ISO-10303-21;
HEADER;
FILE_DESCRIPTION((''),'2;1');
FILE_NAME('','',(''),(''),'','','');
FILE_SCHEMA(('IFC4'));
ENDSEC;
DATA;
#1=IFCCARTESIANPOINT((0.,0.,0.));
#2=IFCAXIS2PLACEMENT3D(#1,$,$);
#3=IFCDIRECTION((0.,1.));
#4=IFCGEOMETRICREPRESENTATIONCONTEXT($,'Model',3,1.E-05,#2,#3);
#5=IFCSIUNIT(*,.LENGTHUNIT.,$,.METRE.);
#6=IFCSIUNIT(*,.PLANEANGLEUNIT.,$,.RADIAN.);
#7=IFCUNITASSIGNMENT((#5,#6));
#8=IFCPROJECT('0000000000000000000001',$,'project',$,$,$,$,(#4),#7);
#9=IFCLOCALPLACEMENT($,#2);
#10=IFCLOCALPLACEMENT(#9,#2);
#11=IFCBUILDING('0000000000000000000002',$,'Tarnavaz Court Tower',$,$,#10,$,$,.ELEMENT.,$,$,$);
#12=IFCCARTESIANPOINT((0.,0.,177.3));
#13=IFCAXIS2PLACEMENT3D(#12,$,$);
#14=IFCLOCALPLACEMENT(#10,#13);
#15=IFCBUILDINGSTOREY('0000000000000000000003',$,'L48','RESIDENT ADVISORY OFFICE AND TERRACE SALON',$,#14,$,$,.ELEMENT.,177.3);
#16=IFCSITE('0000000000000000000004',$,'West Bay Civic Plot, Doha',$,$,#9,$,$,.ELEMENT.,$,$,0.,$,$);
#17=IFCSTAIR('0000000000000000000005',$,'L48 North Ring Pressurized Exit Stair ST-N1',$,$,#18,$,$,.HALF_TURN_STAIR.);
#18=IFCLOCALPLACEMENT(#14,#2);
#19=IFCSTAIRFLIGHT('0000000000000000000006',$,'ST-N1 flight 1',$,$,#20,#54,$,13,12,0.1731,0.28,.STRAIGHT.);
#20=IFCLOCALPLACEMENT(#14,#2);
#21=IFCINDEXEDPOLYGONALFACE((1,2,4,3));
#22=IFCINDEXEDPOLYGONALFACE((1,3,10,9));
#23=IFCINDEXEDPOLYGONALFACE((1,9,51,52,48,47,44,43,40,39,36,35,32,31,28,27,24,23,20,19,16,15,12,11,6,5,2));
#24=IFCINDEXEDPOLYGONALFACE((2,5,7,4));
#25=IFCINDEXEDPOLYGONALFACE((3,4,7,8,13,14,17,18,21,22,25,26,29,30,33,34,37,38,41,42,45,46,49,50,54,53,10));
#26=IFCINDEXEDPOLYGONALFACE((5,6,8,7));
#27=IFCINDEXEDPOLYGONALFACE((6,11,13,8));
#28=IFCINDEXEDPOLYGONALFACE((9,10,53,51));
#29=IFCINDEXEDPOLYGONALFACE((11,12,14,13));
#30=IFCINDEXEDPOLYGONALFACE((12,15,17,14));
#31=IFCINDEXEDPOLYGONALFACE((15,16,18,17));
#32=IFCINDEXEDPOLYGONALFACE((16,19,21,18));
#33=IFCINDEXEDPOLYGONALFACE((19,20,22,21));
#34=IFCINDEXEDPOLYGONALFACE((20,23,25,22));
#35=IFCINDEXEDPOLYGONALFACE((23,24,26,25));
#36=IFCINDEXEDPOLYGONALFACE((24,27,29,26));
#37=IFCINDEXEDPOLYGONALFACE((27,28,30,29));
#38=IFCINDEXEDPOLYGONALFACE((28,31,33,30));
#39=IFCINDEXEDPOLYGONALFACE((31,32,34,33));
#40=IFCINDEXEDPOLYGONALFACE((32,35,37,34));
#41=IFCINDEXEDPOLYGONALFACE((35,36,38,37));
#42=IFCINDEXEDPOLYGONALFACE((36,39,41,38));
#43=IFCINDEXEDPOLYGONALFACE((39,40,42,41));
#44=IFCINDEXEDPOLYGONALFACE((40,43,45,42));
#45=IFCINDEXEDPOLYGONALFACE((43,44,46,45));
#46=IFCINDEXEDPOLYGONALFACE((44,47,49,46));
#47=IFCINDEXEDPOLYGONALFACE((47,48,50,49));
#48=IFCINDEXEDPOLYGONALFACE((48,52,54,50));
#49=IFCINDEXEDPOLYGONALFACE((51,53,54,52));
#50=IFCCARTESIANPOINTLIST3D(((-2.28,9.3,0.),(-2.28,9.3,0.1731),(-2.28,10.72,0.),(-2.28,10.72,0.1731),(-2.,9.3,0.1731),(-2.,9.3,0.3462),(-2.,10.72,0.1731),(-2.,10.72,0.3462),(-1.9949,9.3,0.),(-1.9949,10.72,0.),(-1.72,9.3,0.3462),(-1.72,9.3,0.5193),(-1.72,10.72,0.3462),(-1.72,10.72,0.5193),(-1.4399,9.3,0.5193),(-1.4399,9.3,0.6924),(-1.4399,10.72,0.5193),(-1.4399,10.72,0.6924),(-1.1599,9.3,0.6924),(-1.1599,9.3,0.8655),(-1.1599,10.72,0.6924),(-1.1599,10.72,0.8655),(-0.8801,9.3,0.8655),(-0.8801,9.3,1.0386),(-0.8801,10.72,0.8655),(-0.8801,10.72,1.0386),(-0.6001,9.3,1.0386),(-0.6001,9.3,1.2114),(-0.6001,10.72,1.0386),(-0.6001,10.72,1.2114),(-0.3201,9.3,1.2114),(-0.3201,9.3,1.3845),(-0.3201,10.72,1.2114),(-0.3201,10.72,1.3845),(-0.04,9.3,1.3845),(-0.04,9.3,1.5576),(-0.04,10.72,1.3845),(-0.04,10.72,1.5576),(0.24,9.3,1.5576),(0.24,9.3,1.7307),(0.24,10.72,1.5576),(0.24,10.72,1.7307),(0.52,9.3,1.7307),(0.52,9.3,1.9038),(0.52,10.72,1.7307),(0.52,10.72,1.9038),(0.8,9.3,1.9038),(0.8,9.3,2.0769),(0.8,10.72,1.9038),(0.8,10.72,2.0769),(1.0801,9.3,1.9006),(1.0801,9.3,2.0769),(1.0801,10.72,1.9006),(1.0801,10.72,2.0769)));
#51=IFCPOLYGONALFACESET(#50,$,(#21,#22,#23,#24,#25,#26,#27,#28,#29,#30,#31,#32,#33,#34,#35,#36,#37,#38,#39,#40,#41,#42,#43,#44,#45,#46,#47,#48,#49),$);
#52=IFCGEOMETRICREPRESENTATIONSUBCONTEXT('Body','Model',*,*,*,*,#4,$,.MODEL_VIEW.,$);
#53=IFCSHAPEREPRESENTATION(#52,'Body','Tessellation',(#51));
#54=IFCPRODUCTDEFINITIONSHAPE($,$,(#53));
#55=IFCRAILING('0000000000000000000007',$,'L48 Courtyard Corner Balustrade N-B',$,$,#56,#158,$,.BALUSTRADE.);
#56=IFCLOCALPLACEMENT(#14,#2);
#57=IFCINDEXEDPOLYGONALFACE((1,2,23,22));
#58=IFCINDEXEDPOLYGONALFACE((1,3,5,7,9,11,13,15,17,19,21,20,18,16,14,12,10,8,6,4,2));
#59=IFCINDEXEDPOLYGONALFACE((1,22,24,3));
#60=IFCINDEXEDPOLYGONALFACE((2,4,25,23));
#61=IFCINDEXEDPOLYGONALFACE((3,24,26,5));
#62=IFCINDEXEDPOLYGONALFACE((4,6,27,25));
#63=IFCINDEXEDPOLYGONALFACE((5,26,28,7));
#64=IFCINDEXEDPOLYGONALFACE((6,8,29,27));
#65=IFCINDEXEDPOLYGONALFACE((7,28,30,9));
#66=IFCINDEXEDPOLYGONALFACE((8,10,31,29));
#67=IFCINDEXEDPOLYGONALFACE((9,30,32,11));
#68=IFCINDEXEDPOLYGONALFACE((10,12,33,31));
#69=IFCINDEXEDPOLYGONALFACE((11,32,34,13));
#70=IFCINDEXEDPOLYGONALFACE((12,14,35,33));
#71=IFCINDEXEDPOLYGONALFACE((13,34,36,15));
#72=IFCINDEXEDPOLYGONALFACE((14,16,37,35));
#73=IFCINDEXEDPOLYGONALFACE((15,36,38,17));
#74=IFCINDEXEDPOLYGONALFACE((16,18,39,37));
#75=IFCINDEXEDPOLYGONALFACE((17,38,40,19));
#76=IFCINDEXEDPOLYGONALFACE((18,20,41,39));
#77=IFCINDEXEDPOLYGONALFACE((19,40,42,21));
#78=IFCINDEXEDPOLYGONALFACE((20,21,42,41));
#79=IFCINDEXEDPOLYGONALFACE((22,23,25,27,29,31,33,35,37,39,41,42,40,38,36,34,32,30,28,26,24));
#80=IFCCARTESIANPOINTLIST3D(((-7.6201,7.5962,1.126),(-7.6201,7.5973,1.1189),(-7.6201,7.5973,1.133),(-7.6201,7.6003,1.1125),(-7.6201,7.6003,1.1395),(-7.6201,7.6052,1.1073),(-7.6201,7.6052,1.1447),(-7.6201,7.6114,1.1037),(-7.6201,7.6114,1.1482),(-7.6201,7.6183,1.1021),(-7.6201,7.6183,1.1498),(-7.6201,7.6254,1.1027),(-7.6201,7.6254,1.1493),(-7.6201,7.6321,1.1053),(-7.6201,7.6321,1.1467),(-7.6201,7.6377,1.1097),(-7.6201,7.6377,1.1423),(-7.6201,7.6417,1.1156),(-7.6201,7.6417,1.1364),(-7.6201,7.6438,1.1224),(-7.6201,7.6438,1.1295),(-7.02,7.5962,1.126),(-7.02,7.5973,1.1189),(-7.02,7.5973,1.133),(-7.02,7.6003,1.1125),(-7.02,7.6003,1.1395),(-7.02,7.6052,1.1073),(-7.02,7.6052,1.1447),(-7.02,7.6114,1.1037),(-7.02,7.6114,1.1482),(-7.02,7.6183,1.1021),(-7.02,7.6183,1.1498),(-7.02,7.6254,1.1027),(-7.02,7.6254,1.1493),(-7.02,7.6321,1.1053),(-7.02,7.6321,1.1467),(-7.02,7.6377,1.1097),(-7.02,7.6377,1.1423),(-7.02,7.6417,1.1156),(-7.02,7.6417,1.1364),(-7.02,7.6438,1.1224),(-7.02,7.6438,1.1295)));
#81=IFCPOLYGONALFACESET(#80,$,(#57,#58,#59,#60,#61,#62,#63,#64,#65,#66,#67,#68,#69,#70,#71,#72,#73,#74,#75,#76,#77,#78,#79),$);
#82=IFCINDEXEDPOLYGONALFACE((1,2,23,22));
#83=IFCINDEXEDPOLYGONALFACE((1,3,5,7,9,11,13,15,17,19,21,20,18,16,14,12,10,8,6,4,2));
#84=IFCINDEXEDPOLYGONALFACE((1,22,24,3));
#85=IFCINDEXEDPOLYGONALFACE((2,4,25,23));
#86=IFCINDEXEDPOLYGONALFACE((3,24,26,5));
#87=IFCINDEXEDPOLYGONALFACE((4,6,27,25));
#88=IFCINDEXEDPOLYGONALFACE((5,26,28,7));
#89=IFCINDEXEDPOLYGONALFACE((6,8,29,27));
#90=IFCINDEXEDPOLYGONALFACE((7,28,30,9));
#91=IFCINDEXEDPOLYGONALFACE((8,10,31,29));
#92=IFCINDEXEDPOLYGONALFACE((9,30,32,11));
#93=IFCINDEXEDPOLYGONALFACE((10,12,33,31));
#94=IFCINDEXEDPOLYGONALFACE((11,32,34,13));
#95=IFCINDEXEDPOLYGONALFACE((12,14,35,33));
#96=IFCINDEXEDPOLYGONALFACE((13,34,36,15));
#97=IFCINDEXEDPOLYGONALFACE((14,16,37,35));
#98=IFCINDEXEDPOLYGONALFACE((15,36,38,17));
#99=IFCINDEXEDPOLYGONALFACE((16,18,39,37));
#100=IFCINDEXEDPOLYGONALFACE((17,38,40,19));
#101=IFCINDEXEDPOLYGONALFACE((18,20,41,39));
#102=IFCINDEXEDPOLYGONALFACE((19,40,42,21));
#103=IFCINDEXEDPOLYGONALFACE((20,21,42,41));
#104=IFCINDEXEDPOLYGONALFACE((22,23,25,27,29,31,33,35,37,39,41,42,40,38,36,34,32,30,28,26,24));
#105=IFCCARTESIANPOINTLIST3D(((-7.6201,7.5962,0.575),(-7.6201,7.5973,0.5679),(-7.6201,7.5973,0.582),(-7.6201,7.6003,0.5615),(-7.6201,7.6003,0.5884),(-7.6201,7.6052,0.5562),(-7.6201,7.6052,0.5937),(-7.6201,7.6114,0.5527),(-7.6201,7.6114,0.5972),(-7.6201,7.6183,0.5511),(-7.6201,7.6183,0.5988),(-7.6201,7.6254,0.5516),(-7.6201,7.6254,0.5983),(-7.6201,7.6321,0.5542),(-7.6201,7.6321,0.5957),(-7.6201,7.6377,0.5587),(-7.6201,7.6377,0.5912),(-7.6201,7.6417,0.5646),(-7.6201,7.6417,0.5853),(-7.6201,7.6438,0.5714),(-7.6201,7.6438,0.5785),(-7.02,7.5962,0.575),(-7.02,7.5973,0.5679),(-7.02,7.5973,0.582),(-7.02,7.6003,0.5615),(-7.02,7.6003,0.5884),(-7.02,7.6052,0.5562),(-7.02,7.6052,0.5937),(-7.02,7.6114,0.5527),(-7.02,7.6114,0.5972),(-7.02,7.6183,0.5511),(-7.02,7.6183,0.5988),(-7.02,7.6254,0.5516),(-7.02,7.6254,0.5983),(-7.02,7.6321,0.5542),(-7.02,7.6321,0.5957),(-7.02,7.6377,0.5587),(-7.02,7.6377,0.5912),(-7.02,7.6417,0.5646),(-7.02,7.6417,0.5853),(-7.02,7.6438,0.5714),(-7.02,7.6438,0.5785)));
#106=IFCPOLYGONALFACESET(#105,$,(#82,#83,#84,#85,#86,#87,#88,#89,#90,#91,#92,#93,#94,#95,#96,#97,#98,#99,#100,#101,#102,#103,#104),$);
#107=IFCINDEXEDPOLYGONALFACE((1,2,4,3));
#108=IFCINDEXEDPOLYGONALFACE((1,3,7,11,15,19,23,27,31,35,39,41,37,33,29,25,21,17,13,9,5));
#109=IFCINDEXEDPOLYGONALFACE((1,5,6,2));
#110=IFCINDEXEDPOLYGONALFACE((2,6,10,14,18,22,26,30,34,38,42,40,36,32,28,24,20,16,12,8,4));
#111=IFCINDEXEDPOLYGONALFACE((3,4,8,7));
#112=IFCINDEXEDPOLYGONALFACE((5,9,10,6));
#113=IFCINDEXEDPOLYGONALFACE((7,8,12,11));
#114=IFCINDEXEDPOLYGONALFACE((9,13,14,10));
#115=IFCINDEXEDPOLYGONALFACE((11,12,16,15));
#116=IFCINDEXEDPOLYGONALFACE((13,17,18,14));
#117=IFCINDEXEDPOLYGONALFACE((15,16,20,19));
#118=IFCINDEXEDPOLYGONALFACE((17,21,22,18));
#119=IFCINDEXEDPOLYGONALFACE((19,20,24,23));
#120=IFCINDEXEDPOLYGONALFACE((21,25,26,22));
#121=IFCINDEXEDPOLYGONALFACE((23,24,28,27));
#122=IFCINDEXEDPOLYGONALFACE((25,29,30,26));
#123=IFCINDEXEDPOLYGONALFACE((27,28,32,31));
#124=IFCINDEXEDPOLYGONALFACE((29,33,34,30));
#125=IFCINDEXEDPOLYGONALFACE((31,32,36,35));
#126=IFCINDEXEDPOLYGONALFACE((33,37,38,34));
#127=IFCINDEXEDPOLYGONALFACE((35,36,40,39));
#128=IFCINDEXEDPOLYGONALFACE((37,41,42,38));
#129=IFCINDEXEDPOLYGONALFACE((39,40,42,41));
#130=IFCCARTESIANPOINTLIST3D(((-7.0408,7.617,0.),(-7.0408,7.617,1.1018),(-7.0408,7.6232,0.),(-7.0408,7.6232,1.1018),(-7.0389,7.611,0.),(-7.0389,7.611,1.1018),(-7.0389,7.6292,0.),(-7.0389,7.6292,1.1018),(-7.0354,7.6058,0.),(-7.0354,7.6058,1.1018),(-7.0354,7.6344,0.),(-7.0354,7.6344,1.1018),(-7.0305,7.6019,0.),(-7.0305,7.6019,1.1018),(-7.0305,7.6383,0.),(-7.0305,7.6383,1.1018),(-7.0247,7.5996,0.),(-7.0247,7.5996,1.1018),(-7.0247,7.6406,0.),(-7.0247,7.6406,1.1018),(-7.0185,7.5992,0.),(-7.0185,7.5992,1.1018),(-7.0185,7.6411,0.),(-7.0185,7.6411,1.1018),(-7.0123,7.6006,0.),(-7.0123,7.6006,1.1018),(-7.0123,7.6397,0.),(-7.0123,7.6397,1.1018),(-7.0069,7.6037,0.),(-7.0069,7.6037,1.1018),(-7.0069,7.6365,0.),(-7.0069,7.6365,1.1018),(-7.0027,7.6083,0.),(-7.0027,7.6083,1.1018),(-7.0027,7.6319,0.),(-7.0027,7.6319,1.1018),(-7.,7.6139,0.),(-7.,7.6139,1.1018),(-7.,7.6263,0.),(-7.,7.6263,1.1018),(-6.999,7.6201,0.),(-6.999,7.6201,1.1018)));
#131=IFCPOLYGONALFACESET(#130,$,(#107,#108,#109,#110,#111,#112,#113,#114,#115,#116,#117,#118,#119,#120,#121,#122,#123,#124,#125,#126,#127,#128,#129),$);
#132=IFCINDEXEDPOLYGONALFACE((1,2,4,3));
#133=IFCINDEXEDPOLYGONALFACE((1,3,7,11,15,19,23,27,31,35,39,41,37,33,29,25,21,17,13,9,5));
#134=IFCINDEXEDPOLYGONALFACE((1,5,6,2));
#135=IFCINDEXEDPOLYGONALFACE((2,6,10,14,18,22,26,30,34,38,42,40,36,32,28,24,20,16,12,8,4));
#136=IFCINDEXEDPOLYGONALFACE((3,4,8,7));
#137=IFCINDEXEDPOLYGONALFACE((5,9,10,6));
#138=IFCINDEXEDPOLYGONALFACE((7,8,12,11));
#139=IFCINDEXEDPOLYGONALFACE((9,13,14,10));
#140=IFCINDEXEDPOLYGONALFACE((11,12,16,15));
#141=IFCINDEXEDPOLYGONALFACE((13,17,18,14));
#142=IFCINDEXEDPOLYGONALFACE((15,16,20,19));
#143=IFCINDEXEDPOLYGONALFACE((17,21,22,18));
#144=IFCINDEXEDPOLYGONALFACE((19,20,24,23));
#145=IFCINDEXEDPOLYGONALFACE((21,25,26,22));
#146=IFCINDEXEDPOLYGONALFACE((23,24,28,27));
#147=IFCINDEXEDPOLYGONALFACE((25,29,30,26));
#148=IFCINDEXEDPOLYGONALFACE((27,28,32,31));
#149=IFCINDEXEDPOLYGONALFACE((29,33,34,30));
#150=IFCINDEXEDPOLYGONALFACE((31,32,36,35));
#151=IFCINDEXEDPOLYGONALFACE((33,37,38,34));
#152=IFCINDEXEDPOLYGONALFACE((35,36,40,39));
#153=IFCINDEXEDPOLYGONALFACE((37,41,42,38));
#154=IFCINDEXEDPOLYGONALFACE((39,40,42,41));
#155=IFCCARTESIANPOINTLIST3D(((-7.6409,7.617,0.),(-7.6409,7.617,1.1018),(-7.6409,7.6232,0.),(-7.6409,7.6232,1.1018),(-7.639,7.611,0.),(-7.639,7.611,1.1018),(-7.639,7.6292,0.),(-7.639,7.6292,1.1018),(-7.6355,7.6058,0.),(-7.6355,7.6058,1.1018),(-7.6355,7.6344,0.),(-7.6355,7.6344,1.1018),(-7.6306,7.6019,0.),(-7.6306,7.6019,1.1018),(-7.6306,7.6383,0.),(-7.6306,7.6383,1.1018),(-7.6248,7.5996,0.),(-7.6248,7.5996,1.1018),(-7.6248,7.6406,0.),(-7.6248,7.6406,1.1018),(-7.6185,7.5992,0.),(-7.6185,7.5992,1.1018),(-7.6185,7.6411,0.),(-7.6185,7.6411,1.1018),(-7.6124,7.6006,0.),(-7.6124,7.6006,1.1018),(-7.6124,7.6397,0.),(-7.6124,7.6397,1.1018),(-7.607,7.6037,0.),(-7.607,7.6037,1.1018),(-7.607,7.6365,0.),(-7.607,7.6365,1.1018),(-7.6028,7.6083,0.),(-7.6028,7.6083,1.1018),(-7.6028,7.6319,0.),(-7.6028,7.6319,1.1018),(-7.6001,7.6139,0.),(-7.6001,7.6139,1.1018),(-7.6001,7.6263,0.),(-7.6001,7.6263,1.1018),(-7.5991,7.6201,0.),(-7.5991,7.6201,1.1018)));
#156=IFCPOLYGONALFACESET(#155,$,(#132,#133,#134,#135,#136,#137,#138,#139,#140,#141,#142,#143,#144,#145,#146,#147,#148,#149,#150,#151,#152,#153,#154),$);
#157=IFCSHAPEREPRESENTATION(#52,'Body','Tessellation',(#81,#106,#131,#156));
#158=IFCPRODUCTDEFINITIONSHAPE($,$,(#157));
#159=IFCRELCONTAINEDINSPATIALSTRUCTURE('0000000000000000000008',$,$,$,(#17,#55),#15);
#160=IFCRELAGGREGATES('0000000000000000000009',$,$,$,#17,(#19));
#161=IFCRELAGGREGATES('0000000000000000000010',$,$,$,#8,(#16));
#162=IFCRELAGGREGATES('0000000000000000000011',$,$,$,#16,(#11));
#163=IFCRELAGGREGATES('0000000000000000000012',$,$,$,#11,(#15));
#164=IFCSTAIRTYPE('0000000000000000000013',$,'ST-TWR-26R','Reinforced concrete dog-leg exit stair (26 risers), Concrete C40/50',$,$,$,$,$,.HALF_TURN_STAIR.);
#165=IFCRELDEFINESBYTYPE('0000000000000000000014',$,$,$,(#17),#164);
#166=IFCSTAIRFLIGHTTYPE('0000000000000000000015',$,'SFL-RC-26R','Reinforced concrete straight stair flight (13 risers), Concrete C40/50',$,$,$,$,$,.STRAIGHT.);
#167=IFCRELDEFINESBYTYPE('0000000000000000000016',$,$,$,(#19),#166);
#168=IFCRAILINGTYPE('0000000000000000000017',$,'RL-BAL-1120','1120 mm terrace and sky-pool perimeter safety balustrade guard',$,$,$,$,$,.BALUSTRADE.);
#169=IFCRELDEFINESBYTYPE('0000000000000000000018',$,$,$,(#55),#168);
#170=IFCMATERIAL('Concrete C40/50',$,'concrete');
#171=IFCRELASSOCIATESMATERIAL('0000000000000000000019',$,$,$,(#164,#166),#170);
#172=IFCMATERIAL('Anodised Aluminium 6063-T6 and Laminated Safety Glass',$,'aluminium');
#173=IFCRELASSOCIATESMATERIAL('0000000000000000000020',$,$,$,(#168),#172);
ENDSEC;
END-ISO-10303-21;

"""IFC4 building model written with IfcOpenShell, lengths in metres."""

from ifc_helpers import new_model, si_unit, direction, frame, origin, origin_2d, place, context, subcontext, project, spatial, polyline, circle, outline, extrude, material, type_object, element, aggregate, save


model = new_model("IFC4")

# Units and contexts
model_context = context("Model", 3, precision=1e-05, world=origin(), true_north=direction((0.0, 1.0)))
body_context = subcontext(model_context, "Body", "Model", "MODEL_VIEW")
ifc_project = project(units=[si_unit("LENGTHUNIT", "METRE"), si_unit("PLANEANGLEUNIT", "RADIAN")], contexts=[model_context])

# Site, building, storey
site_placement = place(None, origin())
site = spatial("IfcSite", under=ifc_project, at=site_placement, Name="West Bay Civic Plot, Doha", CompositionType="ELEMENT", RefElevation=0.0)
building_placement = place(site_placement, origin())
building = spatial("IfcBuilding", under=site, at=building_placement, Name="Tarnavaz Court Tower", CompositionType="ELEMENT")
storey_placement = place(building_placement, frame((0.0, 0.0, 177.3)))
storey = spatial("IfcBuildingStorey", under=building, at=storey_placement, Name="L48", Description="RESIDENT ADVISORY OFFICE AND TERRACE SALON", CompositionType="ELEMENT", Elevation=177.3)

# Stair, stair flight
ifc_material_1 = material(Name="Concrete C40/50", Category="concrete")
stair_type = type_object("IfcStairType", Name="ST-TWR-26R", Description="Reinforced concrete dog-leg exit stair (26 risers), Concrete C40/50", PredefinedType="HALF_TURN_STAIR", material=ifc_material_1)
stair_flight_type = type_object("IfcStairFlightType", Name="SFL-RC-26R", Description="Reinforced concrete straight stair flight (13 risers), Concrete C40/50", PredefinedType="STRAIGHT", material=ifc_material_1)
stair_1_placement = place(storey_placement, origin())
stair_1 = element("IfcStair", 1, at=stair_1_placement, inside=storey, type_object=stair_type, Name="L48 North Ring Pressurized Exit Stair ST-N1", PredefinedType="HALF_TURN_STAIR")
stair_flight_1_placement = place(storey_placement, frame((-2.28, 10.01, 0.0), z_axis=(0.0, 0.0, 1.0), x_axis=(1.0, 0.0, 0.0)))
stair_flight_1 = element("IfcStairFlight", 2, at=stair_flight_1_placement, type_object=stair_flight_type, Name="ST-N1 flight 1", NumberOfRisers=13, NumberOfTreads=12, PredefinedType="STRAIGHT", RiserHeight=0.1731, TreadLength=0.28, context=body_context, shape_type="SweptSolid", body=[
    extrude(outline(polyline([(0.0, 0.0), (0.0, 0.1731), (0.28, 0.1731), (0.28, 0.3462), (0.5601, 0.3462), (0.5601, 0.5193), (0.8401, 0.5193), (0.8401, 0.6924), (1.1201, 0.6924), (1.1201, 0.8655), (1.3999, 0.8655), (1.3999, 1.0386), (1.6799, 1.0386), (1.6799, 1.2114), (1.96, 1.2114), (1.96, 1.3845), (2.24, 1.3845), (2.24, 1.5576), (2.52, 1.5576), (2.52, 1.7307), (2.8, 1.7307), (2.8, 1.9038), (3.0801, 1.9038), (3.0801, 2.0769), (3.3601, 2.0769), (3.3601, 2.25), (3.3601, 1.9006), (0.2852, 0.0), (0.0, 0.0)])), frame((0.0, 0.71, 0.0), z_axis=(0.0, -1.0, 0.0), x_axis=(1.0, 0.0, 0.0)), (0.0, 0.0, 1.0), 1.4199),
])
aggregate(stair_1, [stair_flight_1])

# Railing
ifc_material_2 = material(Name="Anodised Aluminium 6063-T6 and Laminated Safety Glass", Category="aluminium")
railing_type_1 = type_object("IfcRailingType", Name="RL-BAL-1120", Description="1120 mm terrace and sky-pool perimeter safety balustrade guard", PredefinedType="BALUSTRADE", material=ifc_material_2)
railing_1_placement = place(storey_placement, frame((-7.02, 7.6201, 0.0)))
element("IfcRailing", 3, at=railing_1_placement, inside=storey, type_object=railing_type_1, Name="L48 Courtyard Corner Balustrade N-B", PredefinedType="BALUSTRADE", context=body_context, shape_type="SweptSolid", body=[
    extrude(circle(Radius=0.0239, at=origin_2d()), frame((0.0, 0.0, 1.126), z_axis=(-1.0, 0.0, 0.0), x_axis=(0.0, -1.0, 0.0)), (0.0, 0.0, 1.0), 0.6001),
    extrude(circle(Radius=0.0239, at=origin_2d()), frame((0.0, 0.0, 0.575), z_axis=(-1.0, 0.0, 0.0), x_axis=(0.0, -1.0, 0.0)), (0.0, 0.0, 1.0), 0.6001),
    extrude(circle(Radius=0.021, at=origin_2d()), origin(), (0.0, 0.0, 1.0), 1.1018),
    extrude(circle(Radius=0.021, at=origin_2d()), frame((-0.6001, 0.0, 0.0)), (0.0, 0.0, 1.0), 1.1018),
])

save(model, "model.ifc")
